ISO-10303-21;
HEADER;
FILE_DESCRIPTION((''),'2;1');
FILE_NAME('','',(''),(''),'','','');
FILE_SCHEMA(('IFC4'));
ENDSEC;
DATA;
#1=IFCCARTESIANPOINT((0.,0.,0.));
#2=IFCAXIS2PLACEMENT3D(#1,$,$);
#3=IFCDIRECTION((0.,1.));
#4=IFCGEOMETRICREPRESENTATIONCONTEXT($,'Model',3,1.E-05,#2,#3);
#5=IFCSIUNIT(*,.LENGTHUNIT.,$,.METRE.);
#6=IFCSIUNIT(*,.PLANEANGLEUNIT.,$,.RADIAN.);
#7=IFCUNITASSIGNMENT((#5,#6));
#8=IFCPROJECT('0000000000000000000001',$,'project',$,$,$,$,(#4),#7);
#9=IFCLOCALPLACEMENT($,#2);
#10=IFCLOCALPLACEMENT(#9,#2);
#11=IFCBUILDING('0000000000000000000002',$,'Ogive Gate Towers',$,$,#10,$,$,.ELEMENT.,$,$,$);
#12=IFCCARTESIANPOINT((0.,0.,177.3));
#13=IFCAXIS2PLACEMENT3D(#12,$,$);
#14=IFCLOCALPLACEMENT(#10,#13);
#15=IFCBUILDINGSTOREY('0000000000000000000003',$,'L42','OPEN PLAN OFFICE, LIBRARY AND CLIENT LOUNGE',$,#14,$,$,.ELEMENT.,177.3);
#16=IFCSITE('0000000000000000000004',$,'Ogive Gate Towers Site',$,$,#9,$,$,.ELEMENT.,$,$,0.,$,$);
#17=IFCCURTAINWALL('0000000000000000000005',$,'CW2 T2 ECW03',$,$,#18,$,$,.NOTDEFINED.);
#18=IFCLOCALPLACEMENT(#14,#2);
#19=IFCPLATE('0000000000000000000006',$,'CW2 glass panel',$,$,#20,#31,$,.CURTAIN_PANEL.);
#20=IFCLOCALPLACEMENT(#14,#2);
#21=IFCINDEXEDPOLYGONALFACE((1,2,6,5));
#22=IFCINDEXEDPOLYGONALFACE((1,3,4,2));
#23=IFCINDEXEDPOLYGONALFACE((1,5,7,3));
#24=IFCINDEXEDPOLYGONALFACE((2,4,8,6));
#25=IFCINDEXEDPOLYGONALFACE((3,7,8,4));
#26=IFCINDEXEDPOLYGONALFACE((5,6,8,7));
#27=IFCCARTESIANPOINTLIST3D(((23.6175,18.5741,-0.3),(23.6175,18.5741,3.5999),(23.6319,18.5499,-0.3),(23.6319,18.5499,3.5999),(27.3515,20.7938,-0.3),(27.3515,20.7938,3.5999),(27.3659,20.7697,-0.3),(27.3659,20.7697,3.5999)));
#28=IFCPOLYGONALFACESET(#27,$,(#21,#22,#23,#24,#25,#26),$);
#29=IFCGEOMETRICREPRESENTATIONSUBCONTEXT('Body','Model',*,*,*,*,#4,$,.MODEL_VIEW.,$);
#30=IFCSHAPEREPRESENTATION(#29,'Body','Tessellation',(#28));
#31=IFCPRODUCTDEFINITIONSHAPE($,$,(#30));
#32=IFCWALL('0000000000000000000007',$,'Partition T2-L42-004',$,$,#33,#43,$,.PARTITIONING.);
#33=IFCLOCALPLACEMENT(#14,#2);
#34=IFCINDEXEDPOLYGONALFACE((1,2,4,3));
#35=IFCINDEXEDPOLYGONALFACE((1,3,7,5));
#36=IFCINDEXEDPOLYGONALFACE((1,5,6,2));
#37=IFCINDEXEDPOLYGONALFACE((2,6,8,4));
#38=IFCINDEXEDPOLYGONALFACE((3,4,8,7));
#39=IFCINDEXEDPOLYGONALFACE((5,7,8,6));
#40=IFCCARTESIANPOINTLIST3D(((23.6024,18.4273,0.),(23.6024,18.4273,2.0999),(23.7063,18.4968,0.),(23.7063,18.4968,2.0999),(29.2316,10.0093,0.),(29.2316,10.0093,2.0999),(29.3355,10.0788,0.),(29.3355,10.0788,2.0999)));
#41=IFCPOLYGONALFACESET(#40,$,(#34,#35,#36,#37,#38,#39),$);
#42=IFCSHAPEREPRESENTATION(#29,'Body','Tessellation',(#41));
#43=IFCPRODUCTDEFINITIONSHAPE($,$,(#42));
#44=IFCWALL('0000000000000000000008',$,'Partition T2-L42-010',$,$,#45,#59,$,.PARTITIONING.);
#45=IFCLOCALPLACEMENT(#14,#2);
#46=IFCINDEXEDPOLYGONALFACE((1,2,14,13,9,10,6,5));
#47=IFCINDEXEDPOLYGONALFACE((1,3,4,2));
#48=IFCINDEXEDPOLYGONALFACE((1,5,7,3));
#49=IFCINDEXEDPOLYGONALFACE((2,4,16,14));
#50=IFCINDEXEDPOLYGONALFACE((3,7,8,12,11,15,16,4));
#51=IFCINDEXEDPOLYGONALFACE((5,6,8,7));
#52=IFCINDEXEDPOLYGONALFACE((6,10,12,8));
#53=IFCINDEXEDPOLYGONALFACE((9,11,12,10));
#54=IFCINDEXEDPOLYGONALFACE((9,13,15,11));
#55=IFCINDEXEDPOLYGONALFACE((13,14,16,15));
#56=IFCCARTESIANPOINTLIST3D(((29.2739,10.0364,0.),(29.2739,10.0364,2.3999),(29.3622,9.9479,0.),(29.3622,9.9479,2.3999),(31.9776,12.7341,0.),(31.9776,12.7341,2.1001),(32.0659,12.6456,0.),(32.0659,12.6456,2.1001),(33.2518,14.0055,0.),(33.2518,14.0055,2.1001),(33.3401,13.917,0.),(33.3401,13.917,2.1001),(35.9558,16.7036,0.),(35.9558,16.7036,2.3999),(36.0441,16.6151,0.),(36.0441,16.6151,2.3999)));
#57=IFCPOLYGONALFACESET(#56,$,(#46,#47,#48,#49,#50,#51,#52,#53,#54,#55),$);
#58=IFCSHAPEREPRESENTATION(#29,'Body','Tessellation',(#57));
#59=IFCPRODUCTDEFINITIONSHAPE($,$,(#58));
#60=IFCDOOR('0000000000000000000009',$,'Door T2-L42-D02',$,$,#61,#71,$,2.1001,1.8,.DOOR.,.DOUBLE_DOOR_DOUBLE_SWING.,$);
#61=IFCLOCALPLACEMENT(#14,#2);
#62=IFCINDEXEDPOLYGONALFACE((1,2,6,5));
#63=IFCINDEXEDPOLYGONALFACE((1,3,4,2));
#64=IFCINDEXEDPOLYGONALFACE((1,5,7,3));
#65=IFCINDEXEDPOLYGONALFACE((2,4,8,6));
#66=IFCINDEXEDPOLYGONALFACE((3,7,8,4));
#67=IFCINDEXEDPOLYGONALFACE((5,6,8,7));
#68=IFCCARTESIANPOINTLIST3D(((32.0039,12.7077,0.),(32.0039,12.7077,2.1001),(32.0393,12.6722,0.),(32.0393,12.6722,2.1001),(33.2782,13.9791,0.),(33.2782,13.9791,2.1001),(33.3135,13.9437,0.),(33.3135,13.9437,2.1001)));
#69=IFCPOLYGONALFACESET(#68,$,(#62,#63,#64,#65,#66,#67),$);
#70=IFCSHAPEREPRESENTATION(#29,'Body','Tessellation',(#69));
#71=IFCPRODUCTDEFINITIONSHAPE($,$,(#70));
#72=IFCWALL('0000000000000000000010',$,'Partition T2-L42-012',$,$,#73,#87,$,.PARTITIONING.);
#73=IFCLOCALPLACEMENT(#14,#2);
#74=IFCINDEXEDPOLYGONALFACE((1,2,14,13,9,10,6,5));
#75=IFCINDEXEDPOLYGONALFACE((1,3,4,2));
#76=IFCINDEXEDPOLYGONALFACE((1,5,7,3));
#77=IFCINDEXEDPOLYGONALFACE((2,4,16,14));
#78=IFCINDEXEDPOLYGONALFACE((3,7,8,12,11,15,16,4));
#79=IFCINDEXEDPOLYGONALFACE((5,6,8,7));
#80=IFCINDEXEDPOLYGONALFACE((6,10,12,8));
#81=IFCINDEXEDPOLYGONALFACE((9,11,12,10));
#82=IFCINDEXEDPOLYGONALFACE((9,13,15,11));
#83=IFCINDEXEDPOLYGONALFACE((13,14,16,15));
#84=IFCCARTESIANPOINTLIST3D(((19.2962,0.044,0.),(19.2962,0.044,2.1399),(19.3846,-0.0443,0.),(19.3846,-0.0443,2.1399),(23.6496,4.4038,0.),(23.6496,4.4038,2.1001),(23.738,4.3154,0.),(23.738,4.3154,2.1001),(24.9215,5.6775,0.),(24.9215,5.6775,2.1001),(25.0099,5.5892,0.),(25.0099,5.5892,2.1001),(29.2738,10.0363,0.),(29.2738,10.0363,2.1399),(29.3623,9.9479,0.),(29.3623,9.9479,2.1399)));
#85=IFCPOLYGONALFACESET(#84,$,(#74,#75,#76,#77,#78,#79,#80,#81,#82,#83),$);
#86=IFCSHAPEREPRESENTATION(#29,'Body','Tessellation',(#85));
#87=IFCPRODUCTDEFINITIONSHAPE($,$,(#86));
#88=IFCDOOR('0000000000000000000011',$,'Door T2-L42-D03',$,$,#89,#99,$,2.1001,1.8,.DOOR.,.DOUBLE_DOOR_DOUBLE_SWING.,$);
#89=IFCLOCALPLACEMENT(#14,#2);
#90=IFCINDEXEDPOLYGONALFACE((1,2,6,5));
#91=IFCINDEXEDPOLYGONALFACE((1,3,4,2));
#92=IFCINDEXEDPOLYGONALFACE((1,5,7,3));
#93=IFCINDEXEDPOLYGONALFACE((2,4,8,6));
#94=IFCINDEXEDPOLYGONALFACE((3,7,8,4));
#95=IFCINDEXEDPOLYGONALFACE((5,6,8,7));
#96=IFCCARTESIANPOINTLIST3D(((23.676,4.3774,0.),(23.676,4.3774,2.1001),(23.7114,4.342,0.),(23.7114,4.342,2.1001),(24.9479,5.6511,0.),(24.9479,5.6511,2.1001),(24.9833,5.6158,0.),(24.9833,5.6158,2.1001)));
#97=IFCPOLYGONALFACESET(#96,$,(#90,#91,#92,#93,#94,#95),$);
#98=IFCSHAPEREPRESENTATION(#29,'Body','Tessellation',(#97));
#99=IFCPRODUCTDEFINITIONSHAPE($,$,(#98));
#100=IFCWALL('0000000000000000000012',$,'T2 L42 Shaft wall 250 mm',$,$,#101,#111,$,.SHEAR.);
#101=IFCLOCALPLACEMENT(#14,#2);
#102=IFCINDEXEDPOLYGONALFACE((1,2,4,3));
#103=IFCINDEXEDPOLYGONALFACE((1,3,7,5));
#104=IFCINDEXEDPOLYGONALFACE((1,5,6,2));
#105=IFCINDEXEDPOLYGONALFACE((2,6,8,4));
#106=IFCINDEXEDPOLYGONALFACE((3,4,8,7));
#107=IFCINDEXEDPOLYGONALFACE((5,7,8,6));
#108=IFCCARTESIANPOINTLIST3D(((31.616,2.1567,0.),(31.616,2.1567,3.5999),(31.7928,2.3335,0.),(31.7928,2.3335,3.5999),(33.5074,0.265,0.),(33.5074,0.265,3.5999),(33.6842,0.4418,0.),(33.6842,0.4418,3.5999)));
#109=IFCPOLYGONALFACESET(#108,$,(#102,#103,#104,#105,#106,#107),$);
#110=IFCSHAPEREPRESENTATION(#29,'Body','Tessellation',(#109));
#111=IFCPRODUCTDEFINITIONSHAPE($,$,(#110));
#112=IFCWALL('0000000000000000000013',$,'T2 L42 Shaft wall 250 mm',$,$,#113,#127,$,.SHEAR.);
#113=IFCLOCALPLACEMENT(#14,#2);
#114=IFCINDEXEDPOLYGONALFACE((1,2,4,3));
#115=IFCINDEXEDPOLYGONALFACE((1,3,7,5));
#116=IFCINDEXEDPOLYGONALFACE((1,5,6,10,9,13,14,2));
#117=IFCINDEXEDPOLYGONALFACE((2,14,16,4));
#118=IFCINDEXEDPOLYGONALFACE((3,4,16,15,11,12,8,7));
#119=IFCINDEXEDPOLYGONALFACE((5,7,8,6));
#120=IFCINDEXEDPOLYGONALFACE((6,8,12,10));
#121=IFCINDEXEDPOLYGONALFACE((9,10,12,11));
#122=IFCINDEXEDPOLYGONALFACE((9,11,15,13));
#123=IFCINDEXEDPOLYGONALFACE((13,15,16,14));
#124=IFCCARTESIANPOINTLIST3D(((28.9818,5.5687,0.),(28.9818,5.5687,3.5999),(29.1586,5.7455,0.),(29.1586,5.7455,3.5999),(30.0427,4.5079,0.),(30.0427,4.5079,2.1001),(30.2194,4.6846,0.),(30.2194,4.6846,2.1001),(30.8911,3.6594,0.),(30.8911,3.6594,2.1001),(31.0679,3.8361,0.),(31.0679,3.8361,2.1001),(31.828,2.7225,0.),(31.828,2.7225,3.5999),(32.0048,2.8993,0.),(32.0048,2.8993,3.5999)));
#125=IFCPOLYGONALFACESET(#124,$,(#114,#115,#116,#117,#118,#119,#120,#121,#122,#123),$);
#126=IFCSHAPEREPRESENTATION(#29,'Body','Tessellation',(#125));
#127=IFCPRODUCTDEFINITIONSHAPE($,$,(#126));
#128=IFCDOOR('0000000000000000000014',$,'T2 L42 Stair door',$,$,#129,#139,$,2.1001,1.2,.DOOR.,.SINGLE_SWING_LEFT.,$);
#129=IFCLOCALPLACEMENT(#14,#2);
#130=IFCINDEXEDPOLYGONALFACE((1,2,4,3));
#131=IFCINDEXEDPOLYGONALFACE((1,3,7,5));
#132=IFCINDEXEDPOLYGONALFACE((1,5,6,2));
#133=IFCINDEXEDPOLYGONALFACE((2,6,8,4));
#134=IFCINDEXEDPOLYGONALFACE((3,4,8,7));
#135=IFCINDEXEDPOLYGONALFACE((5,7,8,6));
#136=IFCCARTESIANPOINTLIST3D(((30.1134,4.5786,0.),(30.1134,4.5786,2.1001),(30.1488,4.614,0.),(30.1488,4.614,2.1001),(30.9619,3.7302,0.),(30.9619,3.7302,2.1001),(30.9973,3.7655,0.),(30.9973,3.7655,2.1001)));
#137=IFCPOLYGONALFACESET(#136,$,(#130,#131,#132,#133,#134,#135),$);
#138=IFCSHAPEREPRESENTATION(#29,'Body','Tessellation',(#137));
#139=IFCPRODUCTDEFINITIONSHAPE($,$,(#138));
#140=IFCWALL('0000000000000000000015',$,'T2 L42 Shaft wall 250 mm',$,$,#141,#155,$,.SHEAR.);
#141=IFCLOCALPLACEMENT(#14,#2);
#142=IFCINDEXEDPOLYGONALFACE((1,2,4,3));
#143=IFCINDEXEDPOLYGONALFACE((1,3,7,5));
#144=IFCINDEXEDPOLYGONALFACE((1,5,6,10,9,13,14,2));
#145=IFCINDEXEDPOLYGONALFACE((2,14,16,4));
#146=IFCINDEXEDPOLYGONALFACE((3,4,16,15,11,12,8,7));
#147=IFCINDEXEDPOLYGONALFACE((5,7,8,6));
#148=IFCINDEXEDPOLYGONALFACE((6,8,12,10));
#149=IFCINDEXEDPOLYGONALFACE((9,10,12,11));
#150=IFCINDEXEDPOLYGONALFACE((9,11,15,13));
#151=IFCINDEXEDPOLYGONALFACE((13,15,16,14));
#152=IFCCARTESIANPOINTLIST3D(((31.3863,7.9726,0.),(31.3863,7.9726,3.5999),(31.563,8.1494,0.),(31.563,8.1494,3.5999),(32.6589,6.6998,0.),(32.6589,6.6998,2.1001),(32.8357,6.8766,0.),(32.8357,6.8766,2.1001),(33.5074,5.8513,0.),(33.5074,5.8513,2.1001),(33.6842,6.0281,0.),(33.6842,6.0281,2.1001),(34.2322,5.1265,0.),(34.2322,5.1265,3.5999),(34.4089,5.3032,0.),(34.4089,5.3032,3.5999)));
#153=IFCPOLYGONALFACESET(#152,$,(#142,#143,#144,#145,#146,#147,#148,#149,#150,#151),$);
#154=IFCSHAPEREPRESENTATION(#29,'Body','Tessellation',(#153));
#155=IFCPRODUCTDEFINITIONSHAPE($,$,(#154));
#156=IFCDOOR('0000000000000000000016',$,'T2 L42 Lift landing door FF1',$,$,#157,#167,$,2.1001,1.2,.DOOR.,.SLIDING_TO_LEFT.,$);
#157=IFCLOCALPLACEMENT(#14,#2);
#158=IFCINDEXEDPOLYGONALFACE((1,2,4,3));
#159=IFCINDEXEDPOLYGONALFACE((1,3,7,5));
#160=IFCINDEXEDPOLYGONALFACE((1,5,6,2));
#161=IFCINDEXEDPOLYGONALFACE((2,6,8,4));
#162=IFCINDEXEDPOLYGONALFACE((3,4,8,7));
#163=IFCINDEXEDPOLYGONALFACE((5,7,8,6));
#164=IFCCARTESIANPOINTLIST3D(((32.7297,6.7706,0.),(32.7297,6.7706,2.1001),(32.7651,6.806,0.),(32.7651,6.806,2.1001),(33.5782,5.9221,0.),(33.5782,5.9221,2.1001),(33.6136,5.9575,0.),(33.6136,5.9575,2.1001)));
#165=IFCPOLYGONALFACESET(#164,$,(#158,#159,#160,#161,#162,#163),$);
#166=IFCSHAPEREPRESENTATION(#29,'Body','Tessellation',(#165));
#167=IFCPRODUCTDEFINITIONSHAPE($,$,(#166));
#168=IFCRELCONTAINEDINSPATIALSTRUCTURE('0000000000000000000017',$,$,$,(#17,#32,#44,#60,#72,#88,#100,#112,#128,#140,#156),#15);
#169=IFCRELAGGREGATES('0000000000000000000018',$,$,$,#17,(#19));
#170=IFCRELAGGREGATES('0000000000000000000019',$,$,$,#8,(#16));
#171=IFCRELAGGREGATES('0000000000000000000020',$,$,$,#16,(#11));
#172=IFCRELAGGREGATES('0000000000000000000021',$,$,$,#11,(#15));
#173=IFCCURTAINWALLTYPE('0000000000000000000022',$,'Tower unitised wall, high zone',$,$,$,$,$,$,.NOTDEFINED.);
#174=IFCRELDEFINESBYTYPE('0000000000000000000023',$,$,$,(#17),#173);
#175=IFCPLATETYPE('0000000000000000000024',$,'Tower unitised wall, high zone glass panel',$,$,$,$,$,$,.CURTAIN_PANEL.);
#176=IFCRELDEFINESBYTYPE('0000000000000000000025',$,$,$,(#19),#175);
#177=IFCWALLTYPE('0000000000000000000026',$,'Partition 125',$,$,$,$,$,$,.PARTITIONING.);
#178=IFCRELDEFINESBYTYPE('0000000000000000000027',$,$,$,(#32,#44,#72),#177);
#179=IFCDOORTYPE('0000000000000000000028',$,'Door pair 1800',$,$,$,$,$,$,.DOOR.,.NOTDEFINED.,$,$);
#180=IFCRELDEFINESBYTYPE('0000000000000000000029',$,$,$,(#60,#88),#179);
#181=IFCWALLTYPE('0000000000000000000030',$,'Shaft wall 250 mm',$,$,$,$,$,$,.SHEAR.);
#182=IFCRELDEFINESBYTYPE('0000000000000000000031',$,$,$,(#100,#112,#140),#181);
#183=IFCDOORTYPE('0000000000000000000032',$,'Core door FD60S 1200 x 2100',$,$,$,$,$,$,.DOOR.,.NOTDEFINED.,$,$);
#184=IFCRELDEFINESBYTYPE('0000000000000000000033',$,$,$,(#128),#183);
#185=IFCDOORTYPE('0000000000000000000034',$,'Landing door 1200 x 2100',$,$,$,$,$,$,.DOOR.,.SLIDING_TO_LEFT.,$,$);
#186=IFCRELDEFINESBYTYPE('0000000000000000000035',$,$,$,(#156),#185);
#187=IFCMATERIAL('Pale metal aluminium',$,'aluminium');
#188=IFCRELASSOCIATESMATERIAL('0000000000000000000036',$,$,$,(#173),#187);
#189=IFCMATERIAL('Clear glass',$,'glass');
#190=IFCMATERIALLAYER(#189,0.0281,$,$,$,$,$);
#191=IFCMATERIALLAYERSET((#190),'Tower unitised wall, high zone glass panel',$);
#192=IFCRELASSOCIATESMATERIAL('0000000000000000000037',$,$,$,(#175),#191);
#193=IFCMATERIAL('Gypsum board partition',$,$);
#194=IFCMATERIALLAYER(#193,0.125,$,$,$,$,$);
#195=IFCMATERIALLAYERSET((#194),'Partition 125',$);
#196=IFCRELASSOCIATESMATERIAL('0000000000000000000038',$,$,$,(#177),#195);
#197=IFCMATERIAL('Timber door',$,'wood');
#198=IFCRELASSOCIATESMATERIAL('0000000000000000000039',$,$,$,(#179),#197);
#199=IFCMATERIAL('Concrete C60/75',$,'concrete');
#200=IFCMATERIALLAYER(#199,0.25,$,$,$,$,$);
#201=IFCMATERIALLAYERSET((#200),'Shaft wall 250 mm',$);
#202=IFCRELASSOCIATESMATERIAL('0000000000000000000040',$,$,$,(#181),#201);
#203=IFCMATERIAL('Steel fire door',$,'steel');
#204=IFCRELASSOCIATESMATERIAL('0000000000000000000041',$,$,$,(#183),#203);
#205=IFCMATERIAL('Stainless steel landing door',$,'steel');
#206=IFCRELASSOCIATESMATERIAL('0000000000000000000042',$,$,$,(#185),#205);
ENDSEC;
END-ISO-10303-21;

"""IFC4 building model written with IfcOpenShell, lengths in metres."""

from ifc_helpers import new_model, si_unit, direction, frame, frame_2d, origin, origin_2d, place, context, subcontext, project, spatial, rectangle, extrude, material, layer, layer_set, type_object, element, fill, aggregate, save


model = new_model("IFC4")

# Units and contexts
model_context = context("Model", 3, precision=1e-05, world=origin(), true_north=direction((0.0, 1.0)))
body_context = subcontext(model_context, "Body", "Model", "MODEL_VIEW")
ifc_project = project(units=[si_unit("LENGTHUNIT", "METRE"), si_unit("PLANEANGLEUNIT", "RADIAN")], contexts=[model_context])

# Site, building, storey
site_placement = place(None, origin())
site = spatial("IfcSite", under=ifc_project, at=site_placement, Name="Ogive Gate Towers Site", CompositionType="ELEMENT", RefElevation=0.0)
building_placement = place(site_placement, origin())
building = spatial("IfcBuilding", under=site, at=building_placement, Name="Ogive Gate Towers", CompositionType="ELEMENT")
storey_placement = place(building_placement, frame((0.0, 0.0, 177.3)))
storey = spatial("IfcBuildingStorey", under=building, at=storey_placement, Name="L42", Description="OPEN PLAN OFFICE, LIBRARY AND CLIENT LOUNGE", CompositionType="ELEMENT", Elevation=177.3)

# Curtain wall, plate
ifc_material_1 = material(Name="Pale metal aluminium", Category="aluminium")
curtain_wall_type = type_object("IfcCurtainWallType", Name="Tower unitised wall, high zone", PredefinedType="NOTDEFINED", material=ifc_material_1)
curtain_wall_placement = place(storey_placement, origin())
curtain_wall = element("IfcCurtainWall", 1, at=curtain_wall_placement, inside=storey, type_object=curtain_wall_type, Name="CW2 T2 ECW03", PredefinedType="NOTDEFINED")
ifc_material_2 = material(Name="Clear glass", Category="glass")
ifc_layer_1 = layer(ifc_material_2, 0.0281)
ifc_layer_set_1 = layer_set([ifc_layer_1], Name="Tower unitised wall, high zone glass panel")
plate_type = type_object("IfcPlateType", Name="Tower unitised wall, high zone glass panel", PredefinedType="CURTAIN_PANEL", material=ifc_layer_set_1)
plate_placement = place(storey_placement, frame((25.4917, 19.6719, -0.3), z_axis=(0.0, 0.0, 1.0), x_axis=(-0.859585, -0.510993, 0.0)))
plate = element("IfcPlate", 2, at=plate_placement, type_object=plate_type, Name="CW2 glass panel", PredefinedType="CURTAIN_PANEL", context=body_context, shape_type="SweptSolid", body=[
    extrude(rectangle(XDim=4.344, YDim=0.0281, at=origin_2d()), origin(), (0.0, 0.0, 1.0), 3.8999),
])
aggregate(curtain_wall, [plate])

# Wall
ifc_material_3 = material(Name="Gypsum board partition")
ifc_layer_2 = layer(ifc_material_3, 0.125)
ifc_layer_set_2 = layer_set([ifc_layer_2], Name="Partition 125")
wall_type_1 = type_object("IfcWallType", Name="Partition 125", PredefinedType="PARTITIONING", material=ifc_layer_set_2)
wall_1_placement = place(storey_placement, frame((23.6543, 18.4622, 0.0), z_axis=(0.0, 0.0, 1.0), x_axis=(0.555874, -0.831267, 0.0)))
element("IfcWall", 3, at=wall_1_placement, inside=storey, type_object=wall_type_1, Name="Partition T2-L42-004", PredefinedType="PARTITIONING", context=body_context, shape_type="SweptSolid", body=[
    extrude(rectangle(XDim=10.1267, YDim=0.125, at=frame_2d((5.0635, 0.0))), origin(), (0.0, 0.0, 1.0), 2.0999),
])

# Walls, openings, doors
wall_2_placement = place(storey_placement, frame((36.0, 16.6594, 0.0), z_axis=(0.0, 0.0, 1.0), x_axis=(-0.707882, -0.70633, 0.0)))
wall_2 = element("IfcWall", 4, at=wall_2_placement, inside=storey, type_object=wall_type_1, Name="Partition T2-L42-010", PredefinedType="PARTITIONING", context=body_context, shape_type="SweptSolid", body=[
    extrude(rectangle(XDim=9.4392, YDim=0.125, at=frame_2d((4.7197, 0.0))), origin(), (0.0, 0.0, 1.0), 2.3999),
])
opening_1_placement = place(wall_2_placement, frame((3.8201, 0.0, 0.0)))
opening_1 = element("IfcOpeningElement", 5, at=opening_1_placement, cuts=wall_2, PredefinedType="OPENING", context=body_context, shape_type="SweptSolid", body=[
    extrude(rectangle(XDim=1.8, YDim=2.1001, at=frame_2d((0.8999, 1.05))), frame((0.0, 0.0725, 0.0), z_axis=(0.0, -1.0, 0.0), x_axis=(1.0, 0.0, 0.0)), (0.0, 0.0, 1.0), 0.145),
])
ifc_material_4 = material(Name="Timber door", Category="wood")
door_type_1 = type_object("IfcDoorType", Name="Door pair 1800", OperationType="NOTDEFINED", PredefinedType="DOOR", material=ifc_material_4)
door_1_placement = place(opening_1_placement, origin())
door_1 = element("IfcDoor", 6, at=door_1_placement, inside=storey, type_object=door_type_1, Name="Door T2-L42-D02", OperationType="DOUBLE_DOOR_DOUBLE_SWING", OverallHeight=2.1001, OverallWidth=1.8, PredefinedType="DOOR", context=body_context, shape_type="SweptSolid", body=[
    extrude(rectangle(XDim=1.8, YDim=2.1001, at=frame_2d((0.8999, 1.05))), frame((0.0, 0.0249, 0.0), z_axis=(0.0, -1.0, 0.0), x_axis=(1.0, 0.0, 0.0)), (0.0, 0.0, 1.0), 0.05),
])
fill(opening_1, door_1)
wall_3_placement = place(storey_placement, frame((29.3181, 9.9922, 0.0), z_axis=(0.0, 0.0, 1.0), x_axis=(-0.706588, -0.707625, 0.0)))
wall_3 = element("IfcWall", 7, at=wall_3_placement, inside=storey, type_object=wall_type_1, Name="Partition T2-L42-012", PredefinedType="PARTITIONING", context=body_context, shape_type="SweptSolid", body=[
    extrude(rectangle(XDim=14.1208, YDim=0.125, at=frame_2d((7.0605, 0.0))), origin(), (0.0, 0.0, 1.0), 2.1399),
])
opening_2_placement = place(wall_3_placement, frame((6.1599, 0.0, 0.0)))
opening_2 = element("IfcOpeningElement", 8, at=opening_2_placement, cuts=wall_3, PredefinedType="OPENING", context=body_context, shape_type="SweptSolid", body=[
    extrude(rectangle(XDim=1.8, YDim=2.1001, at=frame_2d((0.8999, 1.05))), frame((0.0, 0.0725, 0.0), z_axis=(0.0, -1.0, 0.0), x_axis=(1.0, 0.0, 0.0)), (0.0, 0.0, 1.0), 0.145),
])
door_2_placement = place(opening_2_placement, origin())
door_2 = element("IfcDoor", 9, at=door_2_placement, inside=storey, type_object=door_type_1, Name="Door T2-L42-D03", OperationType="DOUBLE_DOOR_DOUBLE_SWING", OverallHeight=2.1001, OverallWidth=1.8, PredefinedType="DOOR", context=body_context, shape_type="SweptSolid", body=[
    extrude(rectangle(XDim=1.8, YDim=2.1001, at=frame_2d((0.8999, 1.05))), frame((0.0, 0.0249, 0.0), z_axis=(0.0, -1.0, 0.0), x_axis=(1.0, 0.0, 0.0)), (0.0, 0.0, 1.0), 0.05),
])
fill(opening_2, door_2)

# Wall
ifc_material_5 = material(Name="Concrete C60/75", Category="concrete")
ifc_layer_3 = layer(ifc_material_5, 0.25)
ifc_layer_set_3 = layer_set([ifc_layer_3], Name="Shaft wall 250 mm")
wall_type_2 = type_object("IfcWallType", Name="Shaft wall 250 mm", PredefinedType="SHEAR", material=ifc_layer_set_3)
wall_4_placement = place(storey_placement, frame((33.5957, 0.3535, 0.0), z_axis=(0.0, 0.0, 1.0), x_axis=(-0.707061, 0.707152, 0.0)))
element("IfcWall", 10, at=wall_4_placement, inside=storey, type_object=wall_type_2, Name="T2 L42 Shaft wall 250 mm", PredefinedType="SHEAR", context=body_context, shape_type="SweptSolid", body=[
    extrude(rectangle(XDim=2.675, YDim=0.25, at=frame_2d((1.3374, 0.0))), origin(), (0.0, 0.0, 1.0), 3.5999),
])

# Walls, openings, doors
wall_5_placement = place(storey_placement, frame((31.9165, 2.8108, 0.0), z_axis=(0.0, 0.0, 1.0), x_axis=(-0.707107, 0.707107, 0.0)))
wall_5 = element("IfcWall", 11, at=wall_5_placement, inside=storey, type_object=wall_type_2, Name="T2 L42 Shaft wall 250 mm", PredefinedType="SHEAR", context=body_context, shape_type="SweptSolid", body=[
    extrude(rectangle(XDim=4.0251, YDim=0.25, at=frame_2d((2.0127, 0.0))), origin(), (0.0, 0.0, 1.0), 3.5999),
])
opening_3_placement = place(wall_5_placement, frame((1.325, 0.0, 0.0)))
opening_3 = element("IfcOpeningElement", 12, at=opening_3_placement, cuts=wall_5, PredefinedType="OPENING", context=body_context, shape_type="SweptSolid", body=[
    extrude(rectangle(XDim=1.2, YDim=2.1001, at=frame_2d((0.6001, 1.05))), frame((0.0, 0.135, 0.0), z_axis=(0.0, -1.0, 0.0), x_axis=(1.0, 0.0, 0.0)), (0.0, 0.0, 1.0), 0.27),
])
ifc_material_6 = material(Name="Steel fire door", Category="steel")
door_type_2 = type_object("IfcDoorType", Name="Core door FD60S 1200 x 2100", OperationType="NOTDEFINED", PredefinedType="DOOR", material=ifc_material_6)
door_3_placement = place(opening_3_placement, origin())
door_3 = element("IfcDoor", 13, at=door_3_placement, inside=storey, type_object=door_type_2, Name="T2 L42 Stair door", OperationType="SINGLE_SWING_LEFT", OverallHeight=2.1001, OverallWidth=1.2, PredefinedType="DOOR", context=body_context, shape_type="SweptSolid", body=[
    extrude(rectangle(XDim=1.2, YDim=2.1001, at=frame_2d((0.6001, 1.05))), frame((0.0, 0.0249, 0.0), z_axis=(0.0, -1.0, 0.0), x_axis=(1.0, 0.0, 0.0)), (0.0, 0.0, 1.0), 0.05),
])
fill(opening_3, door_3)
wall_6_placement = place(storey_placement, frame((34.3206, 5.2148, 0.0), z_axis=(0.0, 0.0, 1.0), x_axis=(-0.707076, 0.707137, 0.0)))
wall_6 = element("IfcWall", 14, at=wall_6_placement, inside=storey, type_object=wall_type_2, Name="T2 L42 Shaft wall 250 mm", PredefinedType="SHEAR", context=body_context, shape_type="SweptSolid", body=[
    extrude(rectangle(XDim=4.0249, YDim=0.25, at=frame_2d((2.0125, 0.0))), origin(), (0.0, 0.0, 1.0), 3.5999),
])
opening_4_placement = place(wall_6_placement, frame((1.0249, 0.0, 0.0)))
opening_4 = element("IfcOpeningElement", 15, at=opening_4_placement, cuts=wall_6, PredefinedType="OPENING", context=body_context, shape_type="SweptSolid", body=[
    extrude(rectangle(XDim=1.2, YDim=2.1001, at=frame_2d((0.6001, 1.05))), frame((0.0, 0.135, 0.0), z_axis=(0.0, -1.0, 0.0), x_axis=(1.0, 0.0, 0.0)), (0.0, 0.0, 1.0), 0.27),
])
ifc_material_7 = material(Name="Stainless steel landing door", Category="steel")
door_type_3 = type_object("IfcDoorType", Name="Landing door 1200 x 2100", OperationType="SLIDING_TO_LEFT", PredefinedType="DOOR", material=ifc_material_7)
door_4_placement = place(opening_4_placement, origin())
door_4 = element("IfcDoor", 16, at=door_4_placement, inside=storey, type_object=door_type_3, Name="T2 L42 Lift landing door FF1", OperationType="SLIDING_TO_LEFT", OverallHeight=2.1001, OverallWidth=1.2, PredefinedType="DOOR", context=body_context, shape_type="SweptSolid", body=[
    extrude(rectangle(XDim=1.2, YDim=2.1001, at=frame_2d((0.6001, 1.05))), frame((0.0, 0.0249, 0.0), z_axis=(0.0, -1.0, 0.0), x_axis=(1.0, 0.0, 0.0)), (0.0, 0.0, 1.0), 0.05),
])
fill(opening_4, door_4)

save(model, "model.ifc")
